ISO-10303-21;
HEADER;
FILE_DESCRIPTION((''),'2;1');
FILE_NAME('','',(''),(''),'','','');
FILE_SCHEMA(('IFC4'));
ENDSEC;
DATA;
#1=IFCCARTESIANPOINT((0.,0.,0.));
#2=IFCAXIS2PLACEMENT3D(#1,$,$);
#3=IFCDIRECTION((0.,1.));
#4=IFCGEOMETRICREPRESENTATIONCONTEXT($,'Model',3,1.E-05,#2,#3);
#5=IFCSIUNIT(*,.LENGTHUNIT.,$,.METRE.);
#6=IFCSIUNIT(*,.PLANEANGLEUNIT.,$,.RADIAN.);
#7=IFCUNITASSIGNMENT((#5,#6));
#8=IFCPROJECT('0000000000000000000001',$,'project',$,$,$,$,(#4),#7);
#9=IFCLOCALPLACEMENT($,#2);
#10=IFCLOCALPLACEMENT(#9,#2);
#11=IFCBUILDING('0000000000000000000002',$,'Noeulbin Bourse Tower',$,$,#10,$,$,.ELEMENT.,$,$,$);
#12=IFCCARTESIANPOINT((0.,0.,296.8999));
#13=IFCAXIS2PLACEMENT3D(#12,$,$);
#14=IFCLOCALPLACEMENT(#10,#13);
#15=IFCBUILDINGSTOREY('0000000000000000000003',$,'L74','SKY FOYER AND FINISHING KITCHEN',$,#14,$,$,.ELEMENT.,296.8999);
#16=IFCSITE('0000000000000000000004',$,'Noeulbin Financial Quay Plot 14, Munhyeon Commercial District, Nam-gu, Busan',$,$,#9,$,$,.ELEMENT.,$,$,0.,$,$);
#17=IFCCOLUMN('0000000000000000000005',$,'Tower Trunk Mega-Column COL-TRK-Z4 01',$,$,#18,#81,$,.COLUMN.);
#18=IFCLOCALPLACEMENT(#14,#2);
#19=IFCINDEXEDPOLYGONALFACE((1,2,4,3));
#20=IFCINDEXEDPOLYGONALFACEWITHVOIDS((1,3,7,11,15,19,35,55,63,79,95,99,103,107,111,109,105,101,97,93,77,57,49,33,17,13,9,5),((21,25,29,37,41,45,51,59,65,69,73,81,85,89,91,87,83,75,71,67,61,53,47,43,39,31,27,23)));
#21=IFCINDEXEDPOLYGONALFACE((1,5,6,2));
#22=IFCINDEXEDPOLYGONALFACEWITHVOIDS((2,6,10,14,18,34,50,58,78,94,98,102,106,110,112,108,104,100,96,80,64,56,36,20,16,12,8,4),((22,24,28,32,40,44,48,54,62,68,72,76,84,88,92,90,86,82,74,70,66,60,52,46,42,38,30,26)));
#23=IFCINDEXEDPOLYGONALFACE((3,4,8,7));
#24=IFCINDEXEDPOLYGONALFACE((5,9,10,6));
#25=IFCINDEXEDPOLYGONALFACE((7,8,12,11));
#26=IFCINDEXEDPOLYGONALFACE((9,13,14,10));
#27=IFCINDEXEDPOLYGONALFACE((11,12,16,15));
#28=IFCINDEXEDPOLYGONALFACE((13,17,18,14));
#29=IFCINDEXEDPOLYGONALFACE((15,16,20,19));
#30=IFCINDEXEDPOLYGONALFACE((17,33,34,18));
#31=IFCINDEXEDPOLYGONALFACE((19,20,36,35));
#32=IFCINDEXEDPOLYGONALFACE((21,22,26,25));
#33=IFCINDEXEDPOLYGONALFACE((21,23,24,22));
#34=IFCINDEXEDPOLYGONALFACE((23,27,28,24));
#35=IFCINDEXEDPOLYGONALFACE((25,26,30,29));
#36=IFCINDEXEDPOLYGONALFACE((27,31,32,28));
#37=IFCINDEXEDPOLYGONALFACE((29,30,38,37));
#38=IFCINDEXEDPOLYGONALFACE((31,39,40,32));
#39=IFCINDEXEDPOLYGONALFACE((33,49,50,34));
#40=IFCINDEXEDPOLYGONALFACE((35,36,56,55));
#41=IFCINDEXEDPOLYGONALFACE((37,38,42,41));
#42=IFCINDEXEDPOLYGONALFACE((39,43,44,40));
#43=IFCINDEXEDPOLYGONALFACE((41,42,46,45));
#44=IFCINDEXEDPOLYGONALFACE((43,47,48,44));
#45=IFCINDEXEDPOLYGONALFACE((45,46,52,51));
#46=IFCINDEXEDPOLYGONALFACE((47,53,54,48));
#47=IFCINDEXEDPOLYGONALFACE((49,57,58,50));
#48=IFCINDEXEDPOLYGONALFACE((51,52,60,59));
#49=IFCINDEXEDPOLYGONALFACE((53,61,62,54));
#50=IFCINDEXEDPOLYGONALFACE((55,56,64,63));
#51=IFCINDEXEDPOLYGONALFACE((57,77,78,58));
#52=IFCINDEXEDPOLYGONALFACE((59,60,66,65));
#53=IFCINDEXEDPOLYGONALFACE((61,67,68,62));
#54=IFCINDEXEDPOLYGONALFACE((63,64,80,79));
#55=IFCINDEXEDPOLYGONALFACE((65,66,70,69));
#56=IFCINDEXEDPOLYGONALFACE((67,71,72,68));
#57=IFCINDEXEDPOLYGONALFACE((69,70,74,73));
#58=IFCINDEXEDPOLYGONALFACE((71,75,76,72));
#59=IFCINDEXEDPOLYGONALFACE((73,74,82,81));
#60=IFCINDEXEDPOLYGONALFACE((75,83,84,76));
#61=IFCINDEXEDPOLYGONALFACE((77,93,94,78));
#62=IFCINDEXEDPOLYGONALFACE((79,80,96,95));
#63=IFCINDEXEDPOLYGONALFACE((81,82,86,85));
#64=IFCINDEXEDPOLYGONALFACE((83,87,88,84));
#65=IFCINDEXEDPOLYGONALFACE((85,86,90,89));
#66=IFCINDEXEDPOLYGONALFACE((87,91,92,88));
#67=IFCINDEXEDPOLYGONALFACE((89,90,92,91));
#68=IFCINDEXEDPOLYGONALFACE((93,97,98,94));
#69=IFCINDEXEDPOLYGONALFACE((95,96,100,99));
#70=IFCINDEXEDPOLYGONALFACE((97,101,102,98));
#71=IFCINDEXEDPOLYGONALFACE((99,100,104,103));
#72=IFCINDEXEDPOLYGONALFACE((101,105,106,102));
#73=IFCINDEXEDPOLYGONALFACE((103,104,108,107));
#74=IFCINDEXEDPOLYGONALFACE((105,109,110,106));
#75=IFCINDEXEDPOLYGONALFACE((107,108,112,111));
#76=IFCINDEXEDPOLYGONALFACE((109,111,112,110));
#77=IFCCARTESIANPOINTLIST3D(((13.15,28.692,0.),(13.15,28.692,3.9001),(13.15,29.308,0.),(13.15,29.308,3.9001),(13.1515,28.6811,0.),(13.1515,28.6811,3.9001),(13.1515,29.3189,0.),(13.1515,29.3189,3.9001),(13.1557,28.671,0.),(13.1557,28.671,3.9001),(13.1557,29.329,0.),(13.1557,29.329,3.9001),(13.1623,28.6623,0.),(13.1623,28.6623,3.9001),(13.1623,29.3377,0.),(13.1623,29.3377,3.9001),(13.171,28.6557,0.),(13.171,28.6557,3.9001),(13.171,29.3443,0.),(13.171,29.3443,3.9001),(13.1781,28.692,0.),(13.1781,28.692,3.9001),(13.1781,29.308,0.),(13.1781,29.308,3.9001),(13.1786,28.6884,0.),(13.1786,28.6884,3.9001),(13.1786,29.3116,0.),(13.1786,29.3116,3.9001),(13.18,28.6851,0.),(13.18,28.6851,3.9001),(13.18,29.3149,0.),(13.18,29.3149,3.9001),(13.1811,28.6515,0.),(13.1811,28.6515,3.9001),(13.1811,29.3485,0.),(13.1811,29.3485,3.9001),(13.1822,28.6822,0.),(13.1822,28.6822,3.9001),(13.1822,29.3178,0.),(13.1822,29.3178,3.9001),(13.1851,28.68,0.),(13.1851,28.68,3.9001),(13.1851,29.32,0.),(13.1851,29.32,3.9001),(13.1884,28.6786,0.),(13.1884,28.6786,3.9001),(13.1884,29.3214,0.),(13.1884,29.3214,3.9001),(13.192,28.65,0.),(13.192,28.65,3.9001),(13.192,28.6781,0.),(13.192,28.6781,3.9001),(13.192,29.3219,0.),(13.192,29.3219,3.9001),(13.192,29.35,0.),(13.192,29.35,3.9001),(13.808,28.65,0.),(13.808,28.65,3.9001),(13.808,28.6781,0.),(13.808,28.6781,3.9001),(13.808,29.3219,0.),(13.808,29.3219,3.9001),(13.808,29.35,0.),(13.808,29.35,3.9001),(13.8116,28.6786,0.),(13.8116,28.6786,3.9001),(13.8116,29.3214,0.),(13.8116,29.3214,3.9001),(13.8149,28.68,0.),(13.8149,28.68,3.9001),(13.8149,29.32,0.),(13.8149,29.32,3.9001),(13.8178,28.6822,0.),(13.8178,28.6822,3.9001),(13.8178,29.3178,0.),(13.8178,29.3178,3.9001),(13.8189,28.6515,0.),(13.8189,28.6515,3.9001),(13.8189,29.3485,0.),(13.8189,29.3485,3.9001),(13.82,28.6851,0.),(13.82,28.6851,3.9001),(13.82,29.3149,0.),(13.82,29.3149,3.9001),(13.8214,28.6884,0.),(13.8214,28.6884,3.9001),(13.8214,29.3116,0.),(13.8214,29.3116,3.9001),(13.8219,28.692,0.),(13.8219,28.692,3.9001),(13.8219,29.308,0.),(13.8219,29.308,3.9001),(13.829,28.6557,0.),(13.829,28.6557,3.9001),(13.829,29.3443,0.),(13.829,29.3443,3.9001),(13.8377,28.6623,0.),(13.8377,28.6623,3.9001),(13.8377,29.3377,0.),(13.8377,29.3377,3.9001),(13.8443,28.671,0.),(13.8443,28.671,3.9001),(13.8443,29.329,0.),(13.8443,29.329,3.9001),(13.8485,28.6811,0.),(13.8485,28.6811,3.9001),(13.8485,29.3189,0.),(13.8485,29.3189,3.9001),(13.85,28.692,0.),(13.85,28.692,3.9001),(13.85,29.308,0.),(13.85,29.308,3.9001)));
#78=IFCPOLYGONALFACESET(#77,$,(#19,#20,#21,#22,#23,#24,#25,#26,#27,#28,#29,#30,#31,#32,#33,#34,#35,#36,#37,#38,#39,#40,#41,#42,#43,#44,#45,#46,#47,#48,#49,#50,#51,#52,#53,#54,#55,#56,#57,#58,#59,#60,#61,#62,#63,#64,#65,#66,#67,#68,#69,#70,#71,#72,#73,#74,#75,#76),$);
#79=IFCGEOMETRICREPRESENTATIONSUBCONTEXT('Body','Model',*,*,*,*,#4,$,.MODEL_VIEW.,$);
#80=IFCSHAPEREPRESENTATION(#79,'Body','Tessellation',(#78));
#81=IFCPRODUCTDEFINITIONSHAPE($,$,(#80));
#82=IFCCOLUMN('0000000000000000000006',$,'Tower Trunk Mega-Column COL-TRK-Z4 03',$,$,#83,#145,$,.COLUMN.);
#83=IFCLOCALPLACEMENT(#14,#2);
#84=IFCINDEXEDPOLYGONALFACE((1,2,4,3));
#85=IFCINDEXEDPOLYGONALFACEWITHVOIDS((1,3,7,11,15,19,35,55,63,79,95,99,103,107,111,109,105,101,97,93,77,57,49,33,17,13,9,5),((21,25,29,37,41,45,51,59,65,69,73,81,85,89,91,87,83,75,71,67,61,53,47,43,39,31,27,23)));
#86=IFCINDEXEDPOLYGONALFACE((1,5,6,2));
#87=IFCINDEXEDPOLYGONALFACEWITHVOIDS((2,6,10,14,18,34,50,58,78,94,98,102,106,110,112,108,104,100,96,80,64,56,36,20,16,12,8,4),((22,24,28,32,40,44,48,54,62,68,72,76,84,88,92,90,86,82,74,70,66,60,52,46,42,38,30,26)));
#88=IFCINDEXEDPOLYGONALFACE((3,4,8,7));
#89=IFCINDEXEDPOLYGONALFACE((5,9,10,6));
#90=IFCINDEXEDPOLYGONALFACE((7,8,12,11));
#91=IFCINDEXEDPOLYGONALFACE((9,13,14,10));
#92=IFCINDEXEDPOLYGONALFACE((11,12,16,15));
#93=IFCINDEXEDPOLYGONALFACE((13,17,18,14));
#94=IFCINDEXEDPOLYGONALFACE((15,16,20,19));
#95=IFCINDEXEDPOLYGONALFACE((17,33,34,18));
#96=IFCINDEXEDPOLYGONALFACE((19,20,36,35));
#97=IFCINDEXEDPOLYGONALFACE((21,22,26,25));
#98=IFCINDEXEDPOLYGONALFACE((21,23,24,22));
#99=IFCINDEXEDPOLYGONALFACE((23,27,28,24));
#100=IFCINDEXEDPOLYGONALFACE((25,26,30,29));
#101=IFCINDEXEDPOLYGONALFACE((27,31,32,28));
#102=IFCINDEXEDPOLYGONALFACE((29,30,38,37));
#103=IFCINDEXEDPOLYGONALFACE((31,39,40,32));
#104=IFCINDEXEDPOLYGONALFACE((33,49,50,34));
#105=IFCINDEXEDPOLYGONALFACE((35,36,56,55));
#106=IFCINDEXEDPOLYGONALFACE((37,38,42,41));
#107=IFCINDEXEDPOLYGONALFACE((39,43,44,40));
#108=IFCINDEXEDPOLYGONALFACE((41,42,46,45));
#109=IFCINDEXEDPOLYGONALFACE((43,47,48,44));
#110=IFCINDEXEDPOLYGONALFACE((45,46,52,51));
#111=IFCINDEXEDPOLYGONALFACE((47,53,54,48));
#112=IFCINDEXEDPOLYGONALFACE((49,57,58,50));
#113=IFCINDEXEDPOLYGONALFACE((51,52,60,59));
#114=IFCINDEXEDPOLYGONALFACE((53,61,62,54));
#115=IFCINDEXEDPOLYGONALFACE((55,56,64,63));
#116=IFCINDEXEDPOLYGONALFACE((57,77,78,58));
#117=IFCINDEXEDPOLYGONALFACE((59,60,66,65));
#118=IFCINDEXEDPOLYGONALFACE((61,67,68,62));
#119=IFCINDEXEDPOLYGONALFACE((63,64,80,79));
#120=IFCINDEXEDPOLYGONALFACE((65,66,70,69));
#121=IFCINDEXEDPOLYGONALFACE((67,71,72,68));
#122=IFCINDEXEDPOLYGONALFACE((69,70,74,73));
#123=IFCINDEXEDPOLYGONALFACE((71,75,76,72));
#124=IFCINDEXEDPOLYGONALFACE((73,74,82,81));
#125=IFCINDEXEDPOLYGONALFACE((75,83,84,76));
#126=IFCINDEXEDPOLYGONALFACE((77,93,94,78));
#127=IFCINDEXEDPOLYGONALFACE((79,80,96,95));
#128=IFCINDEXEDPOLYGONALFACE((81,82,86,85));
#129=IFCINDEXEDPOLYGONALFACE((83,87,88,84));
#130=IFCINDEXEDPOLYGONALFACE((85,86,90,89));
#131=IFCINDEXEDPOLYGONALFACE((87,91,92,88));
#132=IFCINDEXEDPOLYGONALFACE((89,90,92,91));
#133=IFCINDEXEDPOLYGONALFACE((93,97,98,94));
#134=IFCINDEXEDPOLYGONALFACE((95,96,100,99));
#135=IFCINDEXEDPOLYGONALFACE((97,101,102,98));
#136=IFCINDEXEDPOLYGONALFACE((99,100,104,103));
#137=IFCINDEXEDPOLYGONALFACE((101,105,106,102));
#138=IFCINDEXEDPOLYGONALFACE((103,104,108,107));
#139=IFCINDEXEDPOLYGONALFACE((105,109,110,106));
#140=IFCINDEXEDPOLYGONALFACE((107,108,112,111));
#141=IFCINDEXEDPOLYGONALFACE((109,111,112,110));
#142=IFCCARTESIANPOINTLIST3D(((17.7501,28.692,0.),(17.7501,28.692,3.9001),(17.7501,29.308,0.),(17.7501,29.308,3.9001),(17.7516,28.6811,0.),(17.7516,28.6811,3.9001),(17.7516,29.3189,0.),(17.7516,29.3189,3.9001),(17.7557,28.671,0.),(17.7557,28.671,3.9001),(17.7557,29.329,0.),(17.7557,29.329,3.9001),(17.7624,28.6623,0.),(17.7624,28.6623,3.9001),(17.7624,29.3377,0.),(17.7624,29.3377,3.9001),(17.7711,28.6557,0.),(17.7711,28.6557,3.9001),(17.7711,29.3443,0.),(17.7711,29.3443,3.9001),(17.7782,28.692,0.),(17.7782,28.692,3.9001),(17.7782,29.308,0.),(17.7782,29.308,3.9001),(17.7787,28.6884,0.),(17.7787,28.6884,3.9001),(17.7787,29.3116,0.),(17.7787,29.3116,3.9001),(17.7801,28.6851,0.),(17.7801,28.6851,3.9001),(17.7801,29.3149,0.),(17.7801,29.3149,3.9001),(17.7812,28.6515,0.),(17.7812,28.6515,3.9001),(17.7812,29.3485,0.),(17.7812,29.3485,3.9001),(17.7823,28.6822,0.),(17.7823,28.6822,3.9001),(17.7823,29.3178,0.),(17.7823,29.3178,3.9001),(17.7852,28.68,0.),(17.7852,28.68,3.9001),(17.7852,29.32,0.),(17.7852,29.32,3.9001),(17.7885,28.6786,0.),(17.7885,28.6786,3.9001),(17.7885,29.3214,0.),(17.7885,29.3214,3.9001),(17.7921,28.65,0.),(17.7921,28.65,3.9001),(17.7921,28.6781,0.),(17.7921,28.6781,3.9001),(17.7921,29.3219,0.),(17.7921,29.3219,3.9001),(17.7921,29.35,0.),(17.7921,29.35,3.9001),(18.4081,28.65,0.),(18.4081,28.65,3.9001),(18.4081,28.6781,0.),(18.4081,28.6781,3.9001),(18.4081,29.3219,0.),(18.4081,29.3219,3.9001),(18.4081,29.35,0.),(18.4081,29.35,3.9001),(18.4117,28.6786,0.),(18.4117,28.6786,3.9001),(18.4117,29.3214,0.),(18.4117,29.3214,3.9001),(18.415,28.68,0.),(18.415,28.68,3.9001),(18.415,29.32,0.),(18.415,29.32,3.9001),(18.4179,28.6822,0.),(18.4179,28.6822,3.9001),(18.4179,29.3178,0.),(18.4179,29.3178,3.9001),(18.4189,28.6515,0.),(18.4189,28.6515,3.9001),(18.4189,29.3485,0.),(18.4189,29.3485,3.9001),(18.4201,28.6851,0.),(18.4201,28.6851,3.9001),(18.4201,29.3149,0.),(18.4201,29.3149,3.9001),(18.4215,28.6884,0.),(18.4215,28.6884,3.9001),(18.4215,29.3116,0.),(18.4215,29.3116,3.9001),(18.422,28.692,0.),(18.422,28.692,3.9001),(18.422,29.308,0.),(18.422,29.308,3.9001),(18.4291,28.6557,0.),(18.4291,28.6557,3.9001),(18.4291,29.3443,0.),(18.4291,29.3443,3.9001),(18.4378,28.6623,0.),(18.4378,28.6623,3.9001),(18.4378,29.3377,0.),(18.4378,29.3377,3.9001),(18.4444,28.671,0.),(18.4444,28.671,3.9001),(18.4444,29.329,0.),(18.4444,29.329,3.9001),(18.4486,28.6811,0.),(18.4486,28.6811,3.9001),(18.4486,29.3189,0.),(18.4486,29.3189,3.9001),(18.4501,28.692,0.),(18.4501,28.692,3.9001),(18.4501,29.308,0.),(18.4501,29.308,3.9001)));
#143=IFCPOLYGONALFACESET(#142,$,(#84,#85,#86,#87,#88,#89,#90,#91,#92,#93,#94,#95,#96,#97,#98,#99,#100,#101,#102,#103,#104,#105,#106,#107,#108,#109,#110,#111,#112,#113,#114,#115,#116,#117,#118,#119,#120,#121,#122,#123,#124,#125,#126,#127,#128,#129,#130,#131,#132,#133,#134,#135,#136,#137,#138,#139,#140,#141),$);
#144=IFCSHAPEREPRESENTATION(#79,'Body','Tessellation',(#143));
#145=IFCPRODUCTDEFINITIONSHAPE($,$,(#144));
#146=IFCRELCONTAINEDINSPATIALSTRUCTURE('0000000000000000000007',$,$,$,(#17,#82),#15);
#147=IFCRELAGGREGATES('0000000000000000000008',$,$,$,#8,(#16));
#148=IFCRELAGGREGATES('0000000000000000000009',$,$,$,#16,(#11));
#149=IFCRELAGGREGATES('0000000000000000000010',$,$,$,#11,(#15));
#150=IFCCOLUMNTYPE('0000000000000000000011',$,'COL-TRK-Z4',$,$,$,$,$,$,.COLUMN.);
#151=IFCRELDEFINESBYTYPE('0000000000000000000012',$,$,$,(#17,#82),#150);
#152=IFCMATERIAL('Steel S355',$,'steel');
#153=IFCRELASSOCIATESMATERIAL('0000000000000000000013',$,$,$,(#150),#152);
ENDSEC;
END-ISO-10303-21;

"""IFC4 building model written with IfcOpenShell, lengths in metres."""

from ifc_helpers import new_model, si_unit, direction, frame, origin, origin_2d, place, context, subcontext, project, spatial, hollow_rectangle, extrude, material, material_profile, profile_set, type_object, element, save


model = new_model("IFC4")

# Units and contexts
model_context = context("Model", 3, precision=1e-05, world=origin(), true_north=direction((0.0, 1.0)))
body_context = subcontext(model_context, "Body", "Model", "MODEL_VIEW")
ifc_project = project(units=[si_unit("LENGTHUNIT", "METRE"), si_unit("PLANEANGLEUNIT", "RADIAN")], contexts=[model_context])

# Site, building, storey
site_placement = place(None, origin())
site = spatial("IfcSite", under=ifc_project, at=site_placement, Name="Noeulbin Financial Quay Plot 14, Munhyeon Commercial District, Nam-gu, Busan", CompositionType="ELEMENT", RefElevation=0.0)
building_placement = place(site_placement, origin())
building = spatial("IfcBuilding", under=site, at=building_placement, Name="Noeulbin Bourse Tower", CompositionType="ELEMENT")
storey_placement = place(building_placement, frame((0.0, 0.0, 296.8999)))
storey = spatial("IfcBuildingStorey", under=building, at=storey_placement, Name="L74", Description="SKY FOYER AND FINISHING KITCHEN", CompositionType="ELEMENT", Elevation=296.8999)

# Columns
ifc_material_1 = material(Name="Steel S355", Category="steel")
ifc_material_profile_1 = material_profile(ifc_material_1, hollow_rectangle(XDim=0.7, YDim=0.7, WallThickness=0.0281, InnerFilletRadius=0.0139, OuterFilletRadius=0.042, at=origin_2d()), Name="BOX-700x700x28", Category="LoadBearing")
ifc_profile_set_1 = profile_set([ifc_material_profile_1], Name="Steel S355")
column_type = type_object("IfcColumnType", Name="COL-TRK-Z4", PredefinedType="COLUMN", material=ifc_profile_set_1)
for number, where, z_axis, x_axis, name in (
    (1, (13.5, 29.0, 0.0), (0.0, 0.0, 1.0), (1.0, 0.0, 0.0), "Tower Trunk Mega-Column COL-TRK-Z4 01"),
    (2, (18.1001, 29.0, 0.0), (0.0, 0.0, 1.0), (1.0, 0.0, 0.0), "Tower Trunk Mega-Column COL-TRK-Z4 03"),
):
    element("IfcColumn", number, at=place(storey_placement, frame(where, z_axis=z_axis, x_axis=x_axis)), inside=storey, type_object=column_type, Name=name, PredefinedType="COLUMN", context=body_context, shape_type="SweptSolid", body=[
        extrude(hollow_rectangle(XDim=0.7, YDim=0.7, WallThickness=0.0281, InnerFilletRadius=0.0139, OuterFilletRadius=0.042, at=origin_2d()), origin(), (0.0, 0.0, 1.0), 3.9001),
    ])

save(model, "model.ifc")
